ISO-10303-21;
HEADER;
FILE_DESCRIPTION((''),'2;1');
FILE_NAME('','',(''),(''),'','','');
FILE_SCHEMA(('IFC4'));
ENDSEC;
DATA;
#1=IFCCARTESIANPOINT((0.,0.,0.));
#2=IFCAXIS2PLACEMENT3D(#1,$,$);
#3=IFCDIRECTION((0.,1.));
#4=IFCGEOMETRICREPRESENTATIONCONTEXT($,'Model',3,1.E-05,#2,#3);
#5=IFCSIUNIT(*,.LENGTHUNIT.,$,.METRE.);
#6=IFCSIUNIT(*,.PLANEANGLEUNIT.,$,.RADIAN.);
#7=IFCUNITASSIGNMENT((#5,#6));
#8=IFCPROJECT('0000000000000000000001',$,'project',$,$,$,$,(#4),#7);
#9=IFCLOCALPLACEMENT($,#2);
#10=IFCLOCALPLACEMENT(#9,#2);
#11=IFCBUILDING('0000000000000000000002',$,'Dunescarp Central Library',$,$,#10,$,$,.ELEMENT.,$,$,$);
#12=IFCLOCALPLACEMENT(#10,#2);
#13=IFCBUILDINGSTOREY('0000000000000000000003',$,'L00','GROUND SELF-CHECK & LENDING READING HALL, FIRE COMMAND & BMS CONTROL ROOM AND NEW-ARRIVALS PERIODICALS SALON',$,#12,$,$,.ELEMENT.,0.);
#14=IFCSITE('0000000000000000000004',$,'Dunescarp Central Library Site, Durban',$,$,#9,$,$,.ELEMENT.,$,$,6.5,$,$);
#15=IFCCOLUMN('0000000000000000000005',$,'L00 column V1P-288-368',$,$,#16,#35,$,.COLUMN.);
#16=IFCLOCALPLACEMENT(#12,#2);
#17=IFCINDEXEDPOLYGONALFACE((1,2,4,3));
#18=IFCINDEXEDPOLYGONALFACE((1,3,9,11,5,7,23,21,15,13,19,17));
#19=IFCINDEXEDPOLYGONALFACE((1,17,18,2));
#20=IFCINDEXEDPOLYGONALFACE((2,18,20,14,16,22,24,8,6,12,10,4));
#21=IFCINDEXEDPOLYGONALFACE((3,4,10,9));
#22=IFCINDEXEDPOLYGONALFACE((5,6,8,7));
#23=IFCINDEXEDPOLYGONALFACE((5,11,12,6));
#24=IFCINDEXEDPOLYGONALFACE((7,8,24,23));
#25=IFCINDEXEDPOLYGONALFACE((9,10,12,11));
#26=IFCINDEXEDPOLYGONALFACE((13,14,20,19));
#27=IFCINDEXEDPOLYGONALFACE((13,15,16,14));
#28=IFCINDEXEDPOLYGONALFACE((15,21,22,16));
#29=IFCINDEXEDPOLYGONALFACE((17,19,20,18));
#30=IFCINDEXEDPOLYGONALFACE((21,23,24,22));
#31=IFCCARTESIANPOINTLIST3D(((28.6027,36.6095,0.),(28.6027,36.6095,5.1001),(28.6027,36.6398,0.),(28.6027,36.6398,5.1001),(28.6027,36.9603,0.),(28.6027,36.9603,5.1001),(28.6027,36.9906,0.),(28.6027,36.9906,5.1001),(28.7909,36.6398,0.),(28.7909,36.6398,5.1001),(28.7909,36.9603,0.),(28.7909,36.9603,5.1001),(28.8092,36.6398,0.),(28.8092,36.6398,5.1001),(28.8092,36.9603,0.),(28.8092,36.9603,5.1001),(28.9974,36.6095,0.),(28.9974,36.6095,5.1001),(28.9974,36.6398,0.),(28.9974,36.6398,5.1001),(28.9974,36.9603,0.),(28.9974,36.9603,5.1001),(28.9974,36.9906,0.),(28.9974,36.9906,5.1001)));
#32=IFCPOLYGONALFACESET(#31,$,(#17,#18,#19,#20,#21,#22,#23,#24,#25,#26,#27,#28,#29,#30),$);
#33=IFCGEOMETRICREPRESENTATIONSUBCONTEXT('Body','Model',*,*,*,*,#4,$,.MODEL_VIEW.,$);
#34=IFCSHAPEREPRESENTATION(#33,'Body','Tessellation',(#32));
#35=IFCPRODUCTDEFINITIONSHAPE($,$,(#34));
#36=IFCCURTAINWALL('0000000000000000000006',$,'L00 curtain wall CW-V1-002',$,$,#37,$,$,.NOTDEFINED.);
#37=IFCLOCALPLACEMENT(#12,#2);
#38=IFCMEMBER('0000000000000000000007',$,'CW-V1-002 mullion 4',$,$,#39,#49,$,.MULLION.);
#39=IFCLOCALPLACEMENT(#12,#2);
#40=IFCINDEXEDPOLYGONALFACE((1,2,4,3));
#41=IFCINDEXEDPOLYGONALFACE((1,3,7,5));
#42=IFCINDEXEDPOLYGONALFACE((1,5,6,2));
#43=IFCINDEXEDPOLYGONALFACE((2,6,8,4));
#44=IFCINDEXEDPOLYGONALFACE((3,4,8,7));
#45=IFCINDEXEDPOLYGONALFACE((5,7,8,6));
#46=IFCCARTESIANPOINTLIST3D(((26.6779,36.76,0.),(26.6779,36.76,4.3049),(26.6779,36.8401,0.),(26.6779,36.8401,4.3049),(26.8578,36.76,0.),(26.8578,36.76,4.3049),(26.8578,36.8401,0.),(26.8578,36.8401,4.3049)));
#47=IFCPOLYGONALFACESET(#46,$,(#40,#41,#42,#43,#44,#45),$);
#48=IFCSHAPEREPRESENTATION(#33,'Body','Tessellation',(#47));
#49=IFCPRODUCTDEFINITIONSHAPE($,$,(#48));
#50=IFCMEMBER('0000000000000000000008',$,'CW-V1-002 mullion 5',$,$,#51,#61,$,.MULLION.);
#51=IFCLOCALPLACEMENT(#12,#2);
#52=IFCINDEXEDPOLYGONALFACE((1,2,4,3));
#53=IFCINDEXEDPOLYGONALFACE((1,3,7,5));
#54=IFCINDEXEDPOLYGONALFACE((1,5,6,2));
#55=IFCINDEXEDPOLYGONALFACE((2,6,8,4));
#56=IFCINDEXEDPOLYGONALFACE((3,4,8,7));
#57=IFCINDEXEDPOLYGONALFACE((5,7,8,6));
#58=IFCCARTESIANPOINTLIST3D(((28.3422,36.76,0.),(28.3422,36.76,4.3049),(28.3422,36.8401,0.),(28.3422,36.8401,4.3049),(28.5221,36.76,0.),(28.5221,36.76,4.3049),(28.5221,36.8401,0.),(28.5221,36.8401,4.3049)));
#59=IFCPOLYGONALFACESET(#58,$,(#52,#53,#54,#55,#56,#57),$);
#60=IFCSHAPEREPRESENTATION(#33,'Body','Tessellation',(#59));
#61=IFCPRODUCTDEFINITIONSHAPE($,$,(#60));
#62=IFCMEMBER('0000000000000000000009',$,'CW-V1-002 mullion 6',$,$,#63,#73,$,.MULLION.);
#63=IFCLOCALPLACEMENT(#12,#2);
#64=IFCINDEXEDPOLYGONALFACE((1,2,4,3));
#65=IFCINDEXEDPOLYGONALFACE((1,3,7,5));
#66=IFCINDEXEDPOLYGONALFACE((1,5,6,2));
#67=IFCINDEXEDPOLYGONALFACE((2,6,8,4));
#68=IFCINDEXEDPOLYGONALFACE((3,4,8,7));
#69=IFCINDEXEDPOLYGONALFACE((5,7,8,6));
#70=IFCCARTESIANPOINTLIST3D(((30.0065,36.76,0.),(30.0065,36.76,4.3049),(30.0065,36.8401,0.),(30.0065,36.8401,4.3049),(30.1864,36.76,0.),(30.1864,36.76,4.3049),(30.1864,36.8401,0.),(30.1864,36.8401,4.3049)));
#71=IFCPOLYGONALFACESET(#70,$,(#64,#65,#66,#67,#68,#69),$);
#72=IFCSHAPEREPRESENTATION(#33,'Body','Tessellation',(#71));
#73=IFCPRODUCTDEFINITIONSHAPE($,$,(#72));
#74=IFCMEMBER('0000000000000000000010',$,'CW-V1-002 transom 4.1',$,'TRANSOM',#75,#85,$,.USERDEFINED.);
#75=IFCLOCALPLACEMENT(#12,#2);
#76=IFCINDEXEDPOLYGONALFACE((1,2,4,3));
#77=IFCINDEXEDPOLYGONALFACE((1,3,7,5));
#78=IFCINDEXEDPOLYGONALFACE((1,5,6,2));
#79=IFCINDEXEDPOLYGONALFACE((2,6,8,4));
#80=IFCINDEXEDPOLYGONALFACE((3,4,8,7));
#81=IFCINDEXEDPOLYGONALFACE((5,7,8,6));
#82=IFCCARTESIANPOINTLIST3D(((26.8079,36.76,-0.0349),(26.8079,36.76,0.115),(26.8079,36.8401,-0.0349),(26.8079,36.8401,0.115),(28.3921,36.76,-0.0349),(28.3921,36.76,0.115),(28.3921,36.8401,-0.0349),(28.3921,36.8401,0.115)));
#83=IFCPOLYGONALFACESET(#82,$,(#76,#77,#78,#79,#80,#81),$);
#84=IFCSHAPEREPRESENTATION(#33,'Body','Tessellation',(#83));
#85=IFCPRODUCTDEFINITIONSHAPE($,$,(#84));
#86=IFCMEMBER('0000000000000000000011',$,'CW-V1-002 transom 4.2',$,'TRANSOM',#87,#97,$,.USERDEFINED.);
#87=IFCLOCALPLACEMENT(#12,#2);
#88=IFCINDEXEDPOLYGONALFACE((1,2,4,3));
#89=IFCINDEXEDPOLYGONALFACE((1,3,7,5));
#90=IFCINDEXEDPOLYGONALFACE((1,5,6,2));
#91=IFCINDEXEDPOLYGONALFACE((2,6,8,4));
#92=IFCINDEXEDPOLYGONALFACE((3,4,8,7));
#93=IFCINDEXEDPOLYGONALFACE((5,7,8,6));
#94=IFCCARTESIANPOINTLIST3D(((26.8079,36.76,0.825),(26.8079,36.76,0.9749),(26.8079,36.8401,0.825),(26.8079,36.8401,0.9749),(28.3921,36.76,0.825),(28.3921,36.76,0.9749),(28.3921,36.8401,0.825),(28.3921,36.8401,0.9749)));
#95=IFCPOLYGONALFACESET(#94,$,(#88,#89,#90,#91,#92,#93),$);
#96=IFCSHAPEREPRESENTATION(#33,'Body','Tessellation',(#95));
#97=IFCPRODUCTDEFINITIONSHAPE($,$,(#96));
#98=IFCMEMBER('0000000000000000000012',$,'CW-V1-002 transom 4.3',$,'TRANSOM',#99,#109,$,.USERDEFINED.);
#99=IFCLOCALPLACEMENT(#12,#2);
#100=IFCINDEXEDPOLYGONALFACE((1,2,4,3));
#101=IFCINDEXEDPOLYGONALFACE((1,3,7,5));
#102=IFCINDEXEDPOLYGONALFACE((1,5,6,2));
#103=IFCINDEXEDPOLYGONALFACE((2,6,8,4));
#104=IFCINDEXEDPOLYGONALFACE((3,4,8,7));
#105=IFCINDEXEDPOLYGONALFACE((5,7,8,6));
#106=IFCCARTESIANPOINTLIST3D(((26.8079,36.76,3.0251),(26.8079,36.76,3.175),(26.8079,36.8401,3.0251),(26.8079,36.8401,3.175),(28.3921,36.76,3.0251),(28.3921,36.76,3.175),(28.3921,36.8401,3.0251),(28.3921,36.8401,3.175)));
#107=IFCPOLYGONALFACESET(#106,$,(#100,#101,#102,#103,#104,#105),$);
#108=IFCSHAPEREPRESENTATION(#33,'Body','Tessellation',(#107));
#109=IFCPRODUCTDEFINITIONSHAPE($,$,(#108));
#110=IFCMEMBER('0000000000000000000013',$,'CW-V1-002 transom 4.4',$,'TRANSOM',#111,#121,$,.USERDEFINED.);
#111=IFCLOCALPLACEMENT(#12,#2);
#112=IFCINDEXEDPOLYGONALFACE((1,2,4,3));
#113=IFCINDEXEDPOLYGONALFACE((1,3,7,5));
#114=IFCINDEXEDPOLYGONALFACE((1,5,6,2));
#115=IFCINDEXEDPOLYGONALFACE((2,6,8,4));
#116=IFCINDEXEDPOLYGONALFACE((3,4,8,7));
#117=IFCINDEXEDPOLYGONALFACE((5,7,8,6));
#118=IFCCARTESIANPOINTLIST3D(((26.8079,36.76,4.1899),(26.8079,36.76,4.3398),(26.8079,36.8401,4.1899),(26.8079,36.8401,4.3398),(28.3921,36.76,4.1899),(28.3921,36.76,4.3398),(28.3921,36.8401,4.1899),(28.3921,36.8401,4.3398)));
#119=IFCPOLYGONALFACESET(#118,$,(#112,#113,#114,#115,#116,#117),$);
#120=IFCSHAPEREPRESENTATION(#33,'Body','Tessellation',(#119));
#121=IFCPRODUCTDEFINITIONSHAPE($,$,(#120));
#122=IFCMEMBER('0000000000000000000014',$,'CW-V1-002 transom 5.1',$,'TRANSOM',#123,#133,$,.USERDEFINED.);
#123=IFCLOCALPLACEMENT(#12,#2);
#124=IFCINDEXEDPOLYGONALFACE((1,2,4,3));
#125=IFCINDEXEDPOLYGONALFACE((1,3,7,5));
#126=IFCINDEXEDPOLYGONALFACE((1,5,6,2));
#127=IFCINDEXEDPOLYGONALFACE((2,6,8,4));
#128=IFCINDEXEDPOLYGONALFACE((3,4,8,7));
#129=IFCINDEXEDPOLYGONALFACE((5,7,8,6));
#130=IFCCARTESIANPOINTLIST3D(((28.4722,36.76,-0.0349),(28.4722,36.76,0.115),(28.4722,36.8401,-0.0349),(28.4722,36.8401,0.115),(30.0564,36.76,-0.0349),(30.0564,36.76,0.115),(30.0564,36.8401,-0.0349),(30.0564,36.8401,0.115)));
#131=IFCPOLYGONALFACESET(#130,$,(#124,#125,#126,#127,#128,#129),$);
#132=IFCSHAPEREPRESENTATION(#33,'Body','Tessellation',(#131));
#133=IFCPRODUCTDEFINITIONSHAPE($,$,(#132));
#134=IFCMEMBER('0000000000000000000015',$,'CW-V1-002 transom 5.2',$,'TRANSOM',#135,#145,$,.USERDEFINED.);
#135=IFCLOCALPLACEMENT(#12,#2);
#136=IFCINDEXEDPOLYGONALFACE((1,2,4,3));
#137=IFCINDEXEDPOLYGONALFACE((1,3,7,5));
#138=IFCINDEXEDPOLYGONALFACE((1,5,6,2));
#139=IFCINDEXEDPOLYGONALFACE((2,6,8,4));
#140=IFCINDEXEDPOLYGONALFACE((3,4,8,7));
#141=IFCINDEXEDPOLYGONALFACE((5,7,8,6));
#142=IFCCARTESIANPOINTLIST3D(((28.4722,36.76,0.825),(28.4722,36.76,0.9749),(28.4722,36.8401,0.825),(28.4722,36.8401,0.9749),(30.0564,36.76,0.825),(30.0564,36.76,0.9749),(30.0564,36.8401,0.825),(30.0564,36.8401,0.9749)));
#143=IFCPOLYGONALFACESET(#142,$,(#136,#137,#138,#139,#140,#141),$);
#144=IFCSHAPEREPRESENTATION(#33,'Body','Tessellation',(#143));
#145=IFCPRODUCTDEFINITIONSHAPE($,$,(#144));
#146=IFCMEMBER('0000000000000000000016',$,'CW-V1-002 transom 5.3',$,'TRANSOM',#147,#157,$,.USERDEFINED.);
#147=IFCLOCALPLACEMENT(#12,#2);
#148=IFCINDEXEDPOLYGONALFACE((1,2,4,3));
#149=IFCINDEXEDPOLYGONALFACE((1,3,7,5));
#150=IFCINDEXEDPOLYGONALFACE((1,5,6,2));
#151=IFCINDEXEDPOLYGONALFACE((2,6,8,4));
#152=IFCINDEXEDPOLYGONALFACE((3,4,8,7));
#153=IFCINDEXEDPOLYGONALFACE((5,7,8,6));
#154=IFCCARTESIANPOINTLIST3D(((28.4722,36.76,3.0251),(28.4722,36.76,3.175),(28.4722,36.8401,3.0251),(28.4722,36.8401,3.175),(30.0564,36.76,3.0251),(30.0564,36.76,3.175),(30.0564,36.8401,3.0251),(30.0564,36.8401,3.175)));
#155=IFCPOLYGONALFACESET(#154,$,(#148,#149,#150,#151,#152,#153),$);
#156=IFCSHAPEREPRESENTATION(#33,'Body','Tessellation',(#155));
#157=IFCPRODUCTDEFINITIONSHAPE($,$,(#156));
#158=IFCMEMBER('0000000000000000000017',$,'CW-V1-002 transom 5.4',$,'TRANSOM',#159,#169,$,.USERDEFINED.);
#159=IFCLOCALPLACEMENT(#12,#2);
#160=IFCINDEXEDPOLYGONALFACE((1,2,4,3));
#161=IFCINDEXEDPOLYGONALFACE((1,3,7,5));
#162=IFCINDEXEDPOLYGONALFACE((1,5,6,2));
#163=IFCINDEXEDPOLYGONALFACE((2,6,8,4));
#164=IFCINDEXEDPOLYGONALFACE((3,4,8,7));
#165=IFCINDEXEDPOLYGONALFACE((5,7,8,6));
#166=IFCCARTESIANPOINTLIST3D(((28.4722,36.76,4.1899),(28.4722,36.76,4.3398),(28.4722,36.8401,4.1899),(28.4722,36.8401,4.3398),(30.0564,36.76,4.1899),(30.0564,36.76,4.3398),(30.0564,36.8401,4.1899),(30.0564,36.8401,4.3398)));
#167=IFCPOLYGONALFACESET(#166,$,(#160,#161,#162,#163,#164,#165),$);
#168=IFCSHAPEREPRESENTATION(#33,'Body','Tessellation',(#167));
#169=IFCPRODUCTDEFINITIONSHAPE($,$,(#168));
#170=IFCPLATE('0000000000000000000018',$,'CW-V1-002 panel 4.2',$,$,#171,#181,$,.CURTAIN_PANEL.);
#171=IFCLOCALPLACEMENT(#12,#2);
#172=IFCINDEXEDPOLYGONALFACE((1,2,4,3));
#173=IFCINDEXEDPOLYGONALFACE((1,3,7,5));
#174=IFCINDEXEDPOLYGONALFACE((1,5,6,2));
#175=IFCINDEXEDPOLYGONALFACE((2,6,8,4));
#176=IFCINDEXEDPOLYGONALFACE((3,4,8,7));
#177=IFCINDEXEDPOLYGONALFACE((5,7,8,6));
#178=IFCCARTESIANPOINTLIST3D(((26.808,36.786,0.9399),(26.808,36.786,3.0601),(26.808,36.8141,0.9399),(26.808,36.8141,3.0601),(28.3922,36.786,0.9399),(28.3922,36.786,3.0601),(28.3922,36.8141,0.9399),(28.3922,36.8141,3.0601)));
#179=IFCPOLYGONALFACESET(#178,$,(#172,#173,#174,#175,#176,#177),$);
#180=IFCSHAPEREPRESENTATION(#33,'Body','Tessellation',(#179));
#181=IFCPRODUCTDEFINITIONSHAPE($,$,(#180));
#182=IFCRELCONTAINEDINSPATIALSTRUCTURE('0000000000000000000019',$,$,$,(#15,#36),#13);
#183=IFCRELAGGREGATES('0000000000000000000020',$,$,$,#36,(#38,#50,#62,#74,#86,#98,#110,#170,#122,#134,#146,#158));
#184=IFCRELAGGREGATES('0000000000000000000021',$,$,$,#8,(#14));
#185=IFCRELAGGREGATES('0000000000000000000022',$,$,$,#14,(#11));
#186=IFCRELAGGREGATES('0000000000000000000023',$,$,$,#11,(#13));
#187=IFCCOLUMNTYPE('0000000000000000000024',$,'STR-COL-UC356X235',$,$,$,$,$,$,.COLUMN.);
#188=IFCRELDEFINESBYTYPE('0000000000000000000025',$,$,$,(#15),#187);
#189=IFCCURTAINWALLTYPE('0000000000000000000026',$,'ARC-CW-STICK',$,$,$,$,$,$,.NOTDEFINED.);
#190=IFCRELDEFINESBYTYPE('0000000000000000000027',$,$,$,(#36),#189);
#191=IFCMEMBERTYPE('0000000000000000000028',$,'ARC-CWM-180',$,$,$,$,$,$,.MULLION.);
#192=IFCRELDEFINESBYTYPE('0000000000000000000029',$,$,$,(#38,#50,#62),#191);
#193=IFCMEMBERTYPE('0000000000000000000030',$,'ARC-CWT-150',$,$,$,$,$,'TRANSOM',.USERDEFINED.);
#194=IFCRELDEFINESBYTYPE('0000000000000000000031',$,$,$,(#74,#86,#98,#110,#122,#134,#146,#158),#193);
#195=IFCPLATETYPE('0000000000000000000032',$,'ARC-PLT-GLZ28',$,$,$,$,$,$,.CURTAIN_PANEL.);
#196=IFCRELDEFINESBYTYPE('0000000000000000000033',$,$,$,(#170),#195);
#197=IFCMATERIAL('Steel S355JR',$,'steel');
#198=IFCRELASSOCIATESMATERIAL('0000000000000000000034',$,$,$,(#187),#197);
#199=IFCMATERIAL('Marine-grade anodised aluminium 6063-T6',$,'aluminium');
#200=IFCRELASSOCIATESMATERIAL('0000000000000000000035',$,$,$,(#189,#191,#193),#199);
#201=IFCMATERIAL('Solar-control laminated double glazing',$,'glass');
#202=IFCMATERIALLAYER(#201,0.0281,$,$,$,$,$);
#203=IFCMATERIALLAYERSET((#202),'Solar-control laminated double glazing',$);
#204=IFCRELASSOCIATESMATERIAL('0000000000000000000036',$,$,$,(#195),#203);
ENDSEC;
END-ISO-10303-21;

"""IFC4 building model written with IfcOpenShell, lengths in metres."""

from ifc_helpers import new_model, si_unit, direction, frame, origin, origin_2d, place, context, subcontext, project, spatial, rectangle, i_section, extrude, material, layer, layer_set, material_profile, profile_set, type_object, element, aggregate, save


model = new_model("IFC4")

# Units and contexts
model_context = context("Model", 3, precision=1e-05, world=origin(), true_north=direction((0.0, 1.0)))
body_context = subcontext(model_context, "Body", "Model", "MODEL_VIEW")
ifc_project = project(units=[si_unit("LENGTHUNIT", "METRE"), si_unit("PLANEANGLEUNIT", "RADIAN")], contexts=[model_context])

# Site, building, storey
site_placement = place(None, origin())
site = spatial("IfcSite", under=ifc_project, at=site_placement, Name="Dunescarp Central Library Site, Durban", CompositionType="ELEMENT", RefElevation=6.5)
building_placement = place(site_placement, origin())
building = spatial("IfcBuilding", under=site, at=building_placement, Name="Dunescarp Central Library", CompositionType="ELEMENT")
storey_placement = place(building_placement, origin())
storey = spatial("IfcBuildingStorey", under=building, at=storey_placement, Name="L00", Description="GROUND SELF-CHECK & LENDING READING HALL, FIRE COMMAND & BMS CONTROL ROOM AND NEW-ARRIVALS PERIODICALS SALON", CompositionType="ELEMENT", Elevation=0.0)

# Column
ifc_material_1 = material(Name="Steel S355JR", Category="steel")
ifc_material_profile_1 = material_profile(ifc_material_1, i_section(OverallWidth=0.3948, OverallDepth=0.3811, WebThickness=0.0183, FlangeThickness=0.0303, at=origin_2d()), Name="UC 356x406x235")
ifc_profile_set_1 = profile_set([ifc_material_profile_1], Name="Steel S355JR")
column_type = type_object("IfcColumnType", Name="STR-COL-UC356X235", PredefinedType="COLUMN", material=ifc_profile_set_1)
column_placement = place(storey_placement, frame((28.8, 36.8, 0.0), z_axis=(0.0, 0.0, 1.0), x_axis=(1.0, 0.0, 0.0)))
element("IfcColumn", 1, at=column_placement, inside=storey, type_object=column_type, Name="L00 column V1P-288-368", PredefinedType="COLUMN", context=body_context, shape_type="SweptSolid", body=[
    extrude(i_section(OverallWidth=0.3948, OverallDepth=0.3811, WebThickness=0.0183, FlangeThickness=0.0303, at=origin_2d()), origin(), (0.0, 0.0, 1.0), 5.1001),
])

# Curtain wall, members, plate
ifc_material_2 = material(Name="Marine-grade anodised aluminium 6063-T6", Category="aluminium")
curtain_wall_type = type_object("IfcCurtainWallType", Name="ARC-CW-STICK", PredefinedType="NOTDEFINED", material=ifc_material_2)
curtain_wall_1_placement = place(storey_placement, origin())
curtain_wall_1 = element("IfcCurtainWall", 2, at=curtain_wall_1_placement, inside=storey, type_object=curtain_wall_type, Name="L00 curtain wall CW-V1-002", PredefinedType="NOTDEFINED")
ifc_material_profile_2 = material_profile(ifc_material_2, rectangle(XDim=0.0801, YDim=0.1799, at=origin_2d()), Name="AL 80x180")
ifc_profile_set_2 = profile_set([ifc_material_profile_2], Name="Marine-grade anodised aluminium 6063-T6")
member_type_1 = type_object("IfcMemberType", Name="ARC-CWM-180", PredefinedType="MULLION", material=ifc_profile_set_2)
member_1_placement = place(storey_placement, frame((26.7678, 36.8, 0.0), z_axis=(0.0, 0.0, 1.0), x_axis=(0.0, 1.0, 0.0)))
member_1 = element("IfcMember", 3, at=member_1_placement, type_object=member_type_1, Name="CW-V1-002 mullion 4", PredefinedType="MULLION", context=body_context, shape_type="SweptSolid", body=[
    extrude(rectangle(XDim=0.0801, YDim=0.1799, at=origin_2d()), origin(), (0.0, 0.0, 1.0), 4.3049),
])
member_2_placement = place(storey_placement, frame((28.4321, 36.8, 0.0), z_axis=(0.0, 0.0, 1.0), x_axis=(0.0, 1.0, 0.0)))
member_2 = element("IfcMember", 4, at=member_2_placement, type_object=member_type_1, Name="CW-V1-002 mullion 5", PredefinedType="MULLION", context=body_context, shape_type="SweptSolid", body=[
    extrude(rectangle(XDim=0.0801, YDim=0.1799, at=origin_2d()), origin(), (0.0, 0.0, 1.0), 4.3049),
])
member_3_placement = place(storey_placement, frame((30.0964, 36.8, 0.0), z_axis=(0.0, 0.0, 1.0), x_axis=(0.0, 1.0, 0.0)))
member_3 = element("IfcMember", 5, at=member_3_placement, type_object=member_type_1, Name="CW-V1-002 mullion 6", PredefinedType="MULLION", context=body_context, shape_type="SweptSolid", body=[
    extrude(rectangle(XDim=0.0801, YDim=0.1799, at=origin_2d()), origin(), (0.0, 0.0, 1.0), 4.3049),
])
ifc_material_profile_3 = material_profile(ifc_material_2, rectangle(XDim=0.0801, YDim=0.1499, at=origin_2d()), Name="AL 80x150")
ifc_profile_set_3 = profile_set([ifc_material_profile_3], Name="Marine-grade anodised aluminium 6063-T6")
member_type_2 = type_object("IfcMemberType", Name="ARC-CWT-150", ElementType="TRANSOM", PredefinedType="USERDEFINED", material=ifc_profile_set_3)
member_4_placement = place(storey_placement, frame((26.8079, 36.8, 0.04), z_axis=(1.0, 0.0, 0.0), x_axis=(0.0, 1.0, 0.0)))
member_4 = element("IfcMember", 6, at=member_4_placement, type_object=member_type_2, Name="CW-V1-002 transom 4.1", ObjectType="TRANSOM", PredefinedType="USERDEFINED", context=body_context, shape_type="SweptSolid", body=[
    extrude(rectangle(XDim=0.0801, YDim=0.1499, at=origin_2d()), origin(), (0.0, 0.0, 1.0), 1.5842),
])
member_5_placement = place(storey_placement, frame((26.8079, 36.8, 0.8999), z_axis=(1.0, 0.0, 0.0), x_axis=(0.0, 1.0, 0.0)))
member_5 = element("IfcMember", 7, at=member_5_placement, type_object=member_type_2, Name="CW-V1-002 transom 4.2", ObjectType="TRANSOM", PredefinedType="USERDEFINED", context=body_context, shape_type="SweptSolid", body=[
    extrude(rectangle(XDim=0.0801, YDim=0.1499, at=origin_2d()), origin(), (0.0, 0.0, 1.0), 1.5842),
])
member_6_placement = place(storey_placement, frame((26.8079, 36.8, 3.1001), z_axis=(1.0, 0.0, 0.0), x_axis=(0.0, 1.0, 0.0)))
member_6 = element("IfcMember", 8, at=member_6_placement, type_object=member_type_2, Name="CW-V1-002 transom 4.3", ObjectType="TRANSOM", PredefinedType="USERDEFINED", context=body_context, shape_type="SweptSolid", body=[
    extrude(rectangle(XDim=0.0801, YDim=0.1499, at=origin_2d()), origin(), (0.0, 0.0, 1.0), 1.5842),
])
member_7_placement = place(storey_placement, frame((26.8079, 36.8, 4.2649), z_axis=(1.0, 0.0, 0.0), x_axis=(0.0, 1.0, 0.0)))
member_7 = element("IfcMember", 9, at=member_7_placement, type_object=member_type_2, Name="CW-V1-002 transom 4.4", ObjectType="TRANSOM", PredefinedType="USERDEFINED", context=body_context, shape_type="SweptSolid", body=[
    extrude(rectangle(XDim=0.0801, YDim=0.1499, at=origin_2d()), origin(), (0.0, 0.0, 1.0), 1.5842),
])
member_8_placement = place(storey_placement, frame((28.4722, 36.8, 0.04), z_axis=(1.0, 0.0, 0.0), x_axis=(0.0, 1.0, 0.0)))
member_8 = element("IfcMember", 10, at=member_8_placement, type_object=member_type_2, Name="CW-V1-002 transom 5.1", ObjectType="TRANSOM", PredefinedType="USERDEFINED", context=body_context, shape_type="SweptSolid", body=[
    extrude(rectangle(XDim=0.0801, YDim=0.1499, at=origin_2d()), origin(), (0.0, 0.0, 1.0), 1.5842),
])
member_9_placement = place(storey_placement, frame((28.4722, 36.8, 0.8999), z_axis=(1.0, 0.0, 0.0), x_axis=(0.0, 1.0, 0.0)))
member_9 = element("IfcMember", 11, at=member_9_placement, type_object=member_type_2, Name="CW-V1-002 transom 5.2", ObjectType="TRANSOM", PredefinedType="USERDEFINED", context=body_context, shape_type="SweptSolid", body=[
    extrude(rectangle(XDim=0.0801, YDim=0.1499, at=origin_2d()), origin(), (0.0, 0.0, 1.0), 1.5842),
])
member_10_placement = place(storey_placement, frame((28.4722, 36.8, 3.1001), z_axis=(1.0, 0.0, 0.0), x_axis=(0.0, 1.0, 0.0)))
member_10 = element("IfcMember", 12, at=member_10_placement, type_object=member_type_2, Name="CW-V1-002 transom 5.3", ObjectType="TRANSOM", PredefinedType="USERDEFINED", context=body_context, shape_type="SweptSolid", body=[
    extrude(rectangle(XDim=0.0801, YDim=0.1499, at=origin_2d()), origin(), (0.0, 0.0, 1.0), 1.5842),
])
member_11_placement = place(storey_placement, frame((28.4722, 36.8, 4.2649), z_axis=(1.0, 0.0, 0.0), x_axis=(0.0, 1.0, 0.0)))
member_11 = element("IfcMember", 13, at=member_11_placement, type_object=member_type_2, Name="CW-V1-002 transom 5.4", ObjectType="TRANSOM", PredefinedType="USERDEFINED", context=body_context, shape_type="SweptSolid", body=[
    extrude(rectangle(XDim=0.0801, YDim=0.1499, at=origin_2d()), origin(), (0.0, 0.0, 1.0), 1.5842),
])
ifc_material_3 = material(Name="Solar-control laminated double glazing", Category="glass")
ifc_layer_1 = layer(ifc_material_3, 0.0281)
ifc_layer_set_1 = layer_set([ifc_layer_1], Name="Solar-control laminated double glazing")
plate_type_1 = type_object("IfcPlateType", Name="ARC-PLT-GLZ28", PredefinedType="CURTAIN_PANEL", material=ifc_layer_set_1)
plate_1_placement = place(storey_placement, frame((27.6001, 36.8, 0.9399), z_axis=(0.0, 0.0, 1.0), x_axis=(1.0, 0.0, 0.0)))
plate_1 = element("IfcPlate", 14, at=plate_1_placement, type_object=plate_type_1, Name="CW-V1-002 panel 4.2", PredefinedType="CURTAIN_PANEL", context=body_context, shape_type="SweptSolid", body=[
    extrude(rectangle(XDim=1.5842, YDim=0.0281, at=origin_2d()), origin(), (0.0, 0.0, 1.0), 2.1201),
])

aggregate(curtain_wall_1, [member_1, member_2, member_3, member_4, member_5, member_6, member_7, plate_1, member_8, member_9, member_10, member_11])

save(model, "model.ifc")
